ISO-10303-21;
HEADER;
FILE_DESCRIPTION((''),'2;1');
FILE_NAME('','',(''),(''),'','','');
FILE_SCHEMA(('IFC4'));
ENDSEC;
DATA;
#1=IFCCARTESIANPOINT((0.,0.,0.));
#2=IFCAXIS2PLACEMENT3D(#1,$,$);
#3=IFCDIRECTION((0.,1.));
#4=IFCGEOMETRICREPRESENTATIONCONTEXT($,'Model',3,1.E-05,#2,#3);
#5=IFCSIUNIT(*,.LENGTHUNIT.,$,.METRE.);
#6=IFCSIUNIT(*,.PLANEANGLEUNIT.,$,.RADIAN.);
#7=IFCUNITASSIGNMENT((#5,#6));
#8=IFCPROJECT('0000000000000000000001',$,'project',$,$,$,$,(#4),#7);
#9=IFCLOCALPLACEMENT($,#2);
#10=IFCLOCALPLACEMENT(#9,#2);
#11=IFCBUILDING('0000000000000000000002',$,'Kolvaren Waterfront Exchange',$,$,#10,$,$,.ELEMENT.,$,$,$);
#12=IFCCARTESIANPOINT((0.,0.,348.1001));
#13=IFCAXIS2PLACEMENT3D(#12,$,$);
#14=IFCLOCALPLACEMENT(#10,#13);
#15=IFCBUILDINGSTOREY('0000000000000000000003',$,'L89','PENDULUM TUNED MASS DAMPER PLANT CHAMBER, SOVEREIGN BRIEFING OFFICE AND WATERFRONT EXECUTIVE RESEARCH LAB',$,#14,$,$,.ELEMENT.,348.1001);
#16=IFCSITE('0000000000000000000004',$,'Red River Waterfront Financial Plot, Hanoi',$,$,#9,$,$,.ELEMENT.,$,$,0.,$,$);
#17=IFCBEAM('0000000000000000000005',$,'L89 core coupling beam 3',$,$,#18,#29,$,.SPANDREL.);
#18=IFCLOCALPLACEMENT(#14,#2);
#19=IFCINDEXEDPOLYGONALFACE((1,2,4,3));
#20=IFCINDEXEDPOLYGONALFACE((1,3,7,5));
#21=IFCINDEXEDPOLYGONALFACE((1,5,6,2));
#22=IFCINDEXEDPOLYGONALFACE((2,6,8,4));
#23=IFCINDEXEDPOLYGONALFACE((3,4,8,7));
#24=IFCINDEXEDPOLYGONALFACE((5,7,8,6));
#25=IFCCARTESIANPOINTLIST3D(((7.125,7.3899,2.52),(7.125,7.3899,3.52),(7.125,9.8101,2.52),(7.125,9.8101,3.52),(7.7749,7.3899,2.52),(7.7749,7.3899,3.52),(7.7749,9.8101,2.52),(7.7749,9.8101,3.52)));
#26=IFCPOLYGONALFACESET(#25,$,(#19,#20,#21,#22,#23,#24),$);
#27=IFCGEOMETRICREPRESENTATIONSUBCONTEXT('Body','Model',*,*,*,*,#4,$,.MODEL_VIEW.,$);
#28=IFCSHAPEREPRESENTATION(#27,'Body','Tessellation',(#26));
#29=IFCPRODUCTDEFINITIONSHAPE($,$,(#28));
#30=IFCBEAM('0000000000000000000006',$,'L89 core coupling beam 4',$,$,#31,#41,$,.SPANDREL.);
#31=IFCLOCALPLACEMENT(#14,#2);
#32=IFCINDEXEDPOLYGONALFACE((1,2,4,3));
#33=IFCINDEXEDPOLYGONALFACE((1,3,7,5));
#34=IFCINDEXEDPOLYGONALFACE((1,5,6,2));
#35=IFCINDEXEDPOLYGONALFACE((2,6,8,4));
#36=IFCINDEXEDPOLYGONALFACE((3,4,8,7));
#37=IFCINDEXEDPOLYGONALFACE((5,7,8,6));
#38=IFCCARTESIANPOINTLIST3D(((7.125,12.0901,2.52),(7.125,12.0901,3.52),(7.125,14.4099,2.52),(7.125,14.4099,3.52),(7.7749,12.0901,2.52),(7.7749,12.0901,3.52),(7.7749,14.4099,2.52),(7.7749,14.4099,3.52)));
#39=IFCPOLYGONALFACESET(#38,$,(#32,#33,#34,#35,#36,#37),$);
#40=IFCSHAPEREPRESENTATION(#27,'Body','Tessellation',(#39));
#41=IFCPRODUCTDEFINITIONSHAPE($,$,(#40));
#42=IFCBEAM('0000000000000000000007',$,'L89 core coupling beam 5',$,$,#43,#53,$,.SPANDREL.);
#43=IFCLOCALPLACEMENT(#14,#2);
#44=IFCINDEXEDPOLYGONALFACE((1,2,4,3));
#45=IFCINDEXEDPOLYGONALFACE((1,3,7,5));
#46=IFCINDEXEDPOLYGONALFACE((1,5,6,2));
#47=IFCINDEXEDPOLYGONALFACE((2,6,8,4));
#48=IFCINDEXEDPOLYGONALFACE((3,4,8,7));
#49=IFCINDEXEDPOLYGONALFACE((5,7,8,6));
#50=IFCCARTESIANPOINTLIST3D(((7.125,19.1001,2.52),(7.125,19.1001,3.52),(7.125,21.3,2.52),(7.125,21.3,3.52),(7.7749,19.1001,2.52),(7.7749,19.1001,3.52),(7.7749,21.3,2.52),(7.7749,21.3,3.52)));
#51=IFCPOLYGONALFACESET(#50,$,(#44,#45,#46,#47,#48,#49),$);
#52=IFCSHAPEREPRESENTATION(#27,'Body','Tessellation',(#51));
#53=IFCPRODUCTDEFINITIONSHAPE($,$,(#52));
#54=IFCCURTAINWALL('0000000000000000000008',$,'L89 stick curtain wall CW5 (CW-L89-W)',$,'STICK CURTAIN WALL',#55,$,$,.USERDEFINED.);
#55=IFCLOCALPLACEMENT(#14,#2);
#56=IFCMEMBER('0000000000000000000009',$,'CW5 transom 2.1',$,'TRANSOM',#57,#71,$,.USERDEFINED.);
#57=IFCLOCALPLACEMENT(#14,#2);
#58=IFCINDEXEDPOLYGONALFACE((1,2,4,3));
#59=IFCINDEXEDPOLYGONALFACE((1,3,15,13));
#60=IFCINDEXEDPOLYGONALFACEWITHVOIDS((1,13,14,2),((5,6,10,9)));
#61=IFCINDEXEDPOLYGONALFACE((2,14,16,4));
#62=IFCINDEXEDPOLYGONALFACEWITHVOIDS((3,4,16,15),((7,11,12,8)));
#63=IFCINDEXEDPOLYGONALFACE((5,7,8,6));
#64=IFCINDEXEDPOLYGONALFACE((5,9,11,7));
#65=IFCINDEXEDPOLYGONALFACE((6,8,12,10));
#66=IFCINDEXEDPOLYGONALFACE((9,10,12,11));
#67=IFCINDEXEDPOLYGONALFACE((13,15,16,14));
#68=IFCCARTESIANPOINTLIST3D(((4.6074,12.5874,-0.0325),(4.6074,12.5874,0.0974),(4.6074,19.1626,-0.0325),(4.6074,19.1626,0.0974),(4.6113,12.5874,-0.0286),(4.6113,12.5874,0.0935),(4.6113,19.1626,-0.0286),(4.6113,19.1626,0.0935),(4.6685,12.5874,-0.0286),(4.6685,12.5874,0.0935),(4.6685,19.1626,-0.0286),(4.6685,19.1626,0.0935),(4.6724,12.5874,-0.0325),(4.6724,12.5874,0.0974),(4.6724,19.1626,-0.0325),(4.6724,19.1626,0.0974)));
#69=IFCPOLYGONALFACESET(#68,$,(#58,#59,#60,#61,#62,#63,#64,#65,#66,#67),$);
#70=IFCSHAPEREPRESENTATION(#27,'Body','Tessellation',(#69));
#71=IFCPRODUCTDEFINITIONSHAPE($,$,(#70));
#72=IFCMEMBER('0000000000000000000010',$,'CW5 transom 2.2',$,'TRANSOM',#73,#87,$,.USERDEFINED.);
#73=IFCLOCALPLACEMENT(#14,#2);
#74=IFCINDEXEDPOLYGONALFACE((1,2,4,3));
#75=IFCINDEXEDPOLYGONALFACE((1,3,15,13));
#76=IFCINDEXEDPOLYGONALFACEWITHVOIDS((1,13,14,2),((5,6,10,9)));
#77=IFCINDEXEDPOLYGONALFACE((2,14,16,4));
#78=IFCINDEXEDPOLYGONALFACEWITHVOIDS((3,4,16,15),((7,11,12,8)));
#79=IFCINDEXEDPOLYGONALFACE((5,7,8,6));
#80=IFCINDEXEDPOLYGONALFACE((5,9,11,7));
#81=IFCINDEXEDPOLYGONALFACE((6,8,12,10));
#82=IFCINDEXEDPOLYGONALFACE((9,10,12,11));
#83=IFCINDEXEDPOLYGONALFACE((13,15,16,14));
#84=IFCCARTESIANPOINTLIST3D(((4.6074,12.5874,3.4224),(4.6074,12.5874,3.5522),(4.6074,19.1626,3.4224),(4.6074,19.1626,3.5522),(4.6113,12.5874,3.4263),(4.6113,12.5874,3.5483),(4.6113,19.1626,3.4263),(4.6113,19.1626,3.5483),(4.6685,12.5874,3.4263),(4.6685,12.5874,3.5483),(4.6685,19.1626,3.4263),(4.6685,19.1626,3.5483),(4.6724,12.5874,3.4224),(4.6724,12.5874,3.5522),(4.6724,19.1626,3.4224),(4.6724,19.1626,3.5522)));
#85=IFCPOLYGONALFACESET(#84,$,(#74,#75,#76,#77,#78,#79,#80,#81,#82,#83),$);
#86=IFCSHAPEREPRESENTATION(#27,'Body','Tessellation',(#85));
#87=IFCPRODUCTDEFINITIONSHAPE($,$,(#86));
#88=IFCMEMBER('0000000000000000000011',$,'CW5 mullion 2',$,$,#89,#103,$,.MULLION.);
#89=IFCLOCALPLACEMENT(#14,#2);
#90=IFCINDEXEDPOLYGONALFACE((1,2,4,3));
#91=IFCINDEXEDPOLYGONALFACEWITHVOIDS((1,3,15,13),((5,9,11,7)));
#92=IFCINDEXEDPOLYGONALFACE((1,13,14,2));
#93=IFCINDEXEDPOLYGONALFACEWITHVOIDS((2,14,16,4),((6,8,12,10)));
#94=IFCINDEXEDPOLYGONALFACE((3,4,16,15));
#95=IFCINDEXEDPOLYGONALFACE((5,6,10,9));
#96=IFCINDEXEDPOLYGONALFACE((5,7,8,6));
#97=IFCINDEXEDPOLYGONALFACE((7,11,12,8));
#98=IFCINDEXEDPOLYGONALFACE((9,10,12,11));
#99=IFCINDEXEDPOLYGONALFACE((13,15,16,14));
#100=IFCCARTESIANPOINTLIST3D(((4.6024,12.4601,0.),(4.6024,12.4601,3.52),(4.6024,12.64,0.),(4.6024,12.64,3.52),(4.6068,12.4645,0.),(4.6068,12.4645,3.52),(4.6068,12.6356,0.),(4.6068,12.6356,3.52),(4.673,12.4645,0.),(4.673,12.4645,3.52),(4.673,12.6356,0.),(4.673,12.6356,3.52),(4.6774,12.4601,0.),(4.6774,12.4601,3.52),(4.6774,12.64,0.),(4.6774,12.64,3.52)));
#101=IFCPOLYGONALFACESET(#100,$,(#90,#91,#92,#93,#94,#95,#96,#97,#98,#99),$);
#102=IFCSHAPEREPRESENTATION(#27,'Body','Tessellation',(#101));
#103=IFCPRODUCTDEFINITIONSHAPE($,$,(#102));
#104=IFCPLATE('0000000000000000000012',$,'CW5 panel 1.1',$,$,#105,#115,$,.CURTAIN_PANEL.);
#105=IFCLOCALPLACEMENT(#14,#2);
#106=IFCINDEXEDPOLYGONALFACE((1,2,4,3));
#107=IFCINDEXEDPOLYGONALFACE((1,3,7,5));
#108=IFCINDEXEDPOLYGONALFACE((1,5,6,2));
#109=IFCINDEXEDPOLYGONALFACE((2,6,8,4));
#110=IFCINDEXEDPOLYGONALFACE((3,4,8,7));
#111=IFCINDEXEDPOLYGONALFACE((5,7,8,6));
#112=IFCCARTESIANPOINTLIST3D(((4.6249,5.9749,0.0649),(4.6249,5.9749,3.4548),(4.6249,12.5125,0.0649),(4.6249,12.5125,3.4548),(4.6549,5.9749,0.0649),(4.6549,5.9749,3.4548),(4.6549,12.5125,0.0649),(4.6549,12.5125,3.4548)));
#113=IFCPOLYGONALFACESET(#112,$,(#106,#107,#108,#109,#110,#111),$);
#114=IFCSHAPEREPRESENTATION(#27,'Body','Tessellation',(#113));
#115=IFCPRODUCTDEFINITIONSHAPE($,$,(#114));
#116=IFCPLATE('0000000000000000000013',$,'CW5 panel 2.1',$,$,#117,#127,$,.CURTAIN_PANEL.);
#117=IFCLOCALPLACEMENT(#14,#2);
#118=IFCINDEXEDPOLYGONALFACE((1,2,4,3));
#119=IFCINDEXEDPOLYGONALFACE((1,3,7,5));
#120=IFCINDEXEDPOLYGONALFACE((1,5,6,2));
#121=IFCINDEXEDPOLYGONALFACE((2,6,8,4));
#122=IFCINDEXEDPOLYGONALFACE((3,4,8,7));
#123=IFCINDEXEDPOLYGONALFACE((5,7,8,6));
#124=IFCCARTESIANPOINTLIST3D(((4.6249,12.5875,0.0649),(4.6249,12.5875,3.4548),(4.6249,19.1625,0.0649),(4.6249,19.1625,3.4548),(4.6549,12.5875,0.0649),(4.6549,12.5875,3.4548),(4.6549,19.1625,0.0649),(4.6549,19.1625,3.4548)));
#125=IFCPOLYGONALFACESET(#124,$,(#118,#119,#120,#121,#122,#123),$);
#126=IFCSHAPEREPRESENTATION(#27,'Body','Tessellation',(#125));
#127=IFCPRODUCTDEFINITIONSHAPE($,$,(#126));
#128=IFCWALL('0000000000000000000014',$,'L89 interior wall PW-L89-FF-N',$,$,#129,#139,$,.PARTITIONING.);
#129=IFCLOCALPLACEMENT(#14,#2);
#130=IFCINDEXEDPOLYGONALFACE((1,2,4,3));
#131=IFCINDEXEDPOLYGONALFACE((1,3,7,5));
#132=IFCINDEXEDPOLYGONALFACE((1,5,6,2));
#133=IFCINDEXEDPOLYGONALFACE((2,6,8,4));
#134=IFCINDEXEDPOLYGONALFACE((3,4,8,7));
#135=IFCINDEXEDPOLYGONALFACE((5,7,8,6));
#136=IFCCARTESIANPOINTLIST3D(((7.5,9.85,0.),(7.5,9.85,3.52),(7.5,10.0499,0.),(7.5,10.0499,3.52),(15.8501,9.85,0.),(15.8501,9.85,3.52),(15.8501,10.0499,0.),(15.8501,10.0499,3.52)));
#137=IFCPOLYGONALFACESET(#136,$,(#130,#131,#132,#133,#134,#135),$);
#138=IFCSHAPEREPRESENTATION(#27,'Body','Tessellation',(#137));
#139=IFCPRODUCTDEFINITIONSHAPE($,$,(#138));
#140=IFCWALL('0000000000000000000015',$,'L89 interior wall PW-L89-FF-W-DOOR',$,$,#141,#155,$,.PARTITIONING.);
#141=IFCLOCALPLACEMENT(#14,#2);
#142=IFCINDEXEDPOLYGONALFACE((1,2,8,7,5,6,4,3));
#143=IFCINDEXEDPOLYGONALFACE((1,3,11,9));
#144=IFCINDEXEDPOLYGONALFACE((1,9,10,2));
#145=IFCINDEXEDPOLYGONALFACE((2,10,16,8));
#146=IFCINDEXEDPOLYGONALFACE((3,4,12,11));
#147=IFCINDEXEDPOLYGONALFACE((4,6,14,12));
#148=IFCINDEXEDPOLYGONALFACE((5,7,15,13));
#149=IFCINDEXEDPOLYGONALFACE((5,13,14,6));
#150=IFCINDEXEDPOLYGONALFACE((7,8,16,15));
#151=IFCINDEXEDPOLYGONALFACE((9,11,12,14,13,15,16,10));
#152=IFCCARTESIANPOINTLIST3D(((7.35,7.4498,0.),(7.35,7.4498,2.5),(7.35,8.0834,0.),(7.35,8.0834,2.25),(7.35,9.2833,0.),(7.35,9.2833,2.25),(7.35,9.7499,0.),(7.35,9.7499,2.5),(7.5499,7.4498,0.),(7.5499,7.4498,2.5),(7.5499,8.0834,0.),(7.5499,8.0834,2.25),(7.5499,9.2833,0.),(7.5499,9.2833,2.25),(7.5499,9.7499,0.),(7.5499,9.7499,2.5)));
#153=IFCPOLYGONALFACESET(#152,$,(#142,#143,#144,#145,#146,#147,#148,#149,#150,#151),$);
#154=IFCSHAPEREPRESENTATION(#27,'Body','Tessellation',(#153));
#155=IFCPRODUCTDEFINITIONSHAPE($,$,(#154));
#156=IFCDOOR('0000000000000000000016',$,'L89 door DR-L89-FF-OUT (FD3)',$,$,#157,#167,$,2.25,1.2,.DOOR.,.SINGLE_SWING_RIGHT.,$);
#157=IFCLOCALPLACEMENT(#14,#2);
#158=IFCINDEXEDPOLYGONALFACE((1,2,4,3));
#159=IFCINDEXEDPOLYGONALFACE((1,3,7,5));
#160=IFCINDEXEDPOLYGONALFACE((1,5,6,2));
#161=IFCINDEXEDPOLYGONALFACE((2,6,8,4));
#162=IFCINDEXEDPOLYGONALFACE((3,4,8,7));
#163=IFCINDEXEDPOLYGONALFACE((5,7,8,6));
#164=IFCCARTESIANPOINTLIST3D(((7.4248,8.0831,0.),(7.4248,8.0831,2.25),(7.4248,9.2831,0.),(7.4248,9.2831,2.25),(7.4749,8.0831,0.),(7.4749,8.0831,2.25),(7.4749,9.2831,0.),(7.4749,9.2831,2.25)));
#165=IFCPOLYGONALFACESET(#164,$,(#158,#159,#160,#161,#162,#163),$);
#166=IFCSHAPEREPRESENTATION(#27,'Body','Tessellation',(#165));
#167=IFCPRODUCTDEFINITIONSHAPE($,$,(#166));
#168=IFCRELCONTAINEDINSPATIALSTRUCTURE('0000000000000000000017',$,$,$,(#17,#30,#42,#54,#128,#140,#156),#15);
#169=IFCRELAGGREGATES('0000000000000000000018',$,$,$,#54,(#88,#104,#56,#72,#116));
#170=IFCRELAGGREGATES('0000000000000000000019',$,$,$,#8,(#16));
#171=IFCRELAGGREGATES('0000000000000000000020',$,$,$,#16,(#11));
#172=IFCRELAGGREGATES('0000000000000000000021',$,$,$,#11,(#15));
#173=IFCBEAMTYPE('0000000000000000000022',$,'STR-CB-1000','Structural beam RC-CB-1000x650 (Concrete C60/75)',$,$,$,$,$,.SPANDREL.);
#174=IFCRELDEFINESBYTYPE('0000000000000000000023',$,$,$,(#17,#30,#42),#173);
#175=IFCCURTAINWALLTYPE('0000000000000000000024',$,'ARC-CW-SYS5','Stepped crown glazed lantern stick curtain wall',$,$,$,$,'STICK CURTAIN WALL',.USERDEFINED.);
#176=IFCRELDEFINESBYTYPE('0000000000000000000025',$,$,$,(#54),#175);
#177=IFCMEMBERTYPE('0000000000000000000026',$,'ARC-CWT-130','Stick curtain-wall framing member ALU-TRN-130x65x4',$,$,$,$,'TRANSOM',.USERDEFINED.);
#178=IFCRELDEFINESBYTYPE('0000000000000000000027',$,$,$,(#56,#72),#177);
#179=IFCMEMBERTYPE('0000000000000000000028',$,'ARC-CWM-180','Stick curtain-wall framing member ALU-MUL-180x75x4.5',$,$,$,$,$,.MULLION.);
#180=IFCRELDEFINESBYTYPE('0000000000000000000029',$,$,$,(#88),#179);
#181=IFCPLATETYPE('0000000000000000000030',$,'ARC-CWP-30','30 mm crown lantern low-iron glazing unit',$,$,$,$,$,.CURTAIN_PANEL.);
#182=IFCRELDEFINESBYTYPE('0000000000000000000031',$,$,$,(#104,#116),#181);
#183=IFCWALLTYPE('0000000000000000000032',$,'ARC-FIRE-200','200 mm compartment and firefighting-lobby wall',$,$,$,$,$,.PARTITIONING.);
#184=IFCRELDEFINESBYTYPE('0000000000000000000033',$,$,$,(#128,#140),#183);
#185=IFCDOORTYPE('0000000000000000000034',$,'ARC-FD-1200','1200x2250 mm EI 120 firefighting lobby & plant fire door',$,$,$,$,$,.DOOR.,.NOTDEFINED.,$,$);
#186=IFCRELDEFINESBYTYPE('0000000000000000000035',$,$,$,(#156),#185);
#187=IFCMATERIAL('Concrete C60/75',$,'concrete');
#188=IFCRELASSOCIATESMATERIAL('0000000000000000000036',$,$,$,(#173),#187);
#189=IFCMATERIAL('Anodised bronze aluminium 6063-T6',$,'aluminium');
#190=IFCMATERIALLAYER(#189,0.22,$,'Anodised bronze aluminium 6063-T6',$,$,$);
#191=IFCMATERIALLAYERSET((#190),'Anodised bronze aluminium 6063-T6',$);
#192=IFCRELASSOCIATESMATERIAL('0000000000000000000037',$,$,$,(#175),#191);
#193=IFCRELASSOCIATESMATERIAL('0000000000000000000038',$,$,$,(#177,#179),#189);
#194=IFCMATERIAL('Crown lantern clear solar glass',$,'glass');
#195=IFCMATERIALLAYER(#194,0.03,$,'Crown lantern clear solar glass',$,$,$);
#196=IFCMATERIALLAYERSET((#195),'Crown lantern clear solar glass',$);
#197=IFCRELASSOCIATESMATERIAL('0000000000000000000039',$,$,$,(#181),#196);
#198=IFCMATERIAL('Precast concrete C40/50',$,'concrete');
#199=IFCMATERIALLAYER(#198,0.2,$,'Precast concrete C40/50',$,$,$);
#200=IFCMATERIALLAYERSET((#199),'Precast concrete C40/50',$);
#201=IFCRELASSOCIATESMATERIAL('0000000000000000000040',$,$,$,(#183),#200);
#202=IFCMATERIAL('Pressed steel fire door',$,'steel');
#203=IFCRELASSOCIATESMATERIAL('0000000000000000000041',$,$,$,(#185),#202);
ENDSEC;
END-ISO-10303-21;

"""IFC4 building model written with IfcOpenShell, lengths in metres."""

from ifc_helpers import new_model, si_unit, direction, frame, frame_2d, origin, origin_with_axes, origin_2d, place, context, subcontext, project, spatial, rectangle, hollow_rectangle, extrude, source, transform, mapped, material, layer, layer_set, material_profile, profile_set, type_object, element, fill, aggregate, save


model = new_model("IFC4")

# Units and contexts
model_context = context("Model", 3, precision=1e-05, world=origin(), true_north=direction((0.0, 1.0)))
body_context = subcontext(model_context, "Body", "Model", "MODEL_VIEW")
ifc_project = project(units=[si_unit("LENGTHUNIT", "METRE"), si_unit("PLANEANGLEUNIT", "RADIAN")], contexts=[model_context])

# Site, building, storey
site_placement = place(None, origin())
site = spatial("IfcSite", under=ifc_project, at=site_placement, Name="Red River Waterfront Financial Plot, Hanoi", CompositionType="ELEMENT", RefElevation=0.0)
building_placement = place(site_placement, origin())
building = spatial("IfcBuilding", under=site, at=building_placement, Name="Kolvaren Waterfront Exchange", CompositionType="ELEMENT")
storey_placement = place(building_placement, frame((0.0, 0.0, 348.1001)))
storey = spatial("IfcBuildingStorey", under=building, at=storey_placement, Name="L89", Description="PENDULUM TUNED MASS DAMPER PLANT CHAMBER, SOVEREIGN BRIEFING OFFICE AND WATERFRONT EXECUTIVE RESEARCH LAB", CompositionType="ELEMENT", Elevation=348.1001)

# Beams
ifc_material_1 = material(Name="Concrete C60/75", Category="concrete")
ifc_material_profile_1 = material_profile(ifc_material_1, rectangle(XDim=0.6499, YDim=1.0, at=origin_2d()), Name="RC-CB-1000x650")
ifc_profile_set_1 = profile_set([ifc_material_profile_1], Name="Concrete C60/75")
beam_type = type_object("IfcBeamType", Name="STR-CB-1000", Description="Structural beam RC-CB-1000x650 (Concrete C60/75)", PredefinedType="SPANDREL", material=ifc_profile_set_1)
beam_1_placement = place(storey_placement, frame((7.45, 7.3899, 3.02), z_axis=(0.0, 1.0, 0.0), x_axis=(-1.0, 0.0, 0.0)))
element("IfcBeam", 1, at=beam_1_placement, inside=storey, type_object=beam_type, Name="L89 core coupling beam 3", PredefinedType="SPANDREL", context=body_context, shape_type="SweptSolid", body=[
    extrude(rectangle(XDim=0.6499, YDim=1.0, at=origin_2d()), origin(), (0.0, 0.0, 1.0), 2.4202),
])
beam_2_placement = place(storey_placement, frame((7.45, 12.0901, 3.02), z_axis=(0.0, 1.0, 0.0), x_axis=(-1.0, 0.0, 0.0)))
element("IfcBeam", 2, at=beam_2_placement, inside=storey, type_object=beam_type, Name="L89 core coupling beam 4", PredefinedType="SPANDREL", context=body_context, shape_type="SweptSolid", body=[
    extrude(rectangle(XDim=0.6499, YDim=1.0, at=origin_2d()), origin(), (0.0, 0.0, 1.0), 2.3198),
])
beam_3_placement = place(storey_placement, frame((7.45, 19.1001, 3.02), z_axis=(0.0, 1.0, 0.0), x_axis=(-1.0, 0.0, 0.0)))
element("IfcBeam", 3, at=beam_3_placement, inside=storey, type_object=beam_type, Name="L89 core coupling beam 5", PredefinedType="SPANDREL", context=body_context, shape_type="SweptSolid", body=[
    extrude(rectangle(XDim=0.6499, YDim=1.0, at=origin_2d()), origin(), (0.0, 0.0, 1.0), 2.2),
])

# Curtain wall, members, plates
ifc_material_2 = material(Name="Anodised bronze aluminium 6063-T6", Category="aluminium")
ifc_layer_1 = layer(ifc_material_2, 0.22, Name="Anodised bronze aluminium 6063-T6")
ifc_layer_set_1 = layer_set([ifc_layer_1], Name="Anodised bronze aluminium 6063-T6")
curtain_wall_type = type_object("IfcCurtainWallType", Name="ARC-CW-SYS5", Description="Stepped crown glazed lantern stick curtain wall", ElementType="STICK CURTAIN WALL", PredefinedType="USERDEFINED", material=ifc_layer_set_1)
curtain_wall_placement = place(storey_placement, origin())
curtain_wall = element("IfcCurtainWall", 4, at=curtain_wall_placement, inside=storey, type_object=curtain_wall_type, Name="L89 stick curtain wall CW5 (CW-L89-W)", ObjectType="STICK CURTAIN WALL", PredefinedType="USERDEFINED")
ifc_material_profile_2 = material_profile(ifc_material_2, hollow_rectangle(XDim=0.0649, YDim=0.1299, WallThickness=0.0039, at=origin_2d()), Name="ALU-TRN-130x65x4")
ifc_profile_set_2 = profile_set([ifc_material_profile_2], Name="Anodised bronze aluminium 6063-T6")
member_type_1 = type_object("IfcMemberType", Name="ARC-CWT-130", Description="Stick curtain-wall framing member ALU-TRN-130x65x4", ElementType="TRANSOM", PredefinedType="USERDEFINED", material=ifc_profile_set_2)
shared_shape_1 = source(origin_with_axes(), body_context, "Body", "SweptSolid", [
    extrude(hollow_rectangle(XDim=0.0649, YDim=0.1299, WallThickness=0.0039, at=origin_2d()), origin(), (0.0, 0.0, 1.0), 6.5752),
])
member_1_placement = place(storey_placement, frame((4.6399, 12.5874, 0.0325), z_axis=(0.0, 1.0, 0.0), x_axis=(-1.0, 0.0, 0.0)))
member_1 = element("IfcMember", 5, at=member_1_placement, type_object=member_type_1, Name="CW5 transom 2.1", ObjectType="TRANSOM", PredefinedType="USERDEFINED", context=body_context, shape_type="MappedRepresentation", body=[
    mapped(shared_shape_1, transform((0.0, 0.0, 0.0), x_axis=(1.0, 0.0, 0.0), y_axis=(0.0, 1.0, 0.0), z_axis=(0.0, 0.0, 1.0), scale=1.0)),
])
member_2_placement = place(storey_placement, frame((4.6399, 12.5874, 3.4873), z_axis=(0.0, 1.0, 0.0), x_axis=(-1.0, 0.0, 0.0)))
member_2 = element("IfcMember", 6, at=member_2_placement, type_object=member_type_1, Name="CW5 transom 2.2", ObjectType="TRANSOM", PredefinedType="USERDEFINED", context=body_context, shape_type="MappedRepresentation", body=[
    mapped(shared_shape_1, transform((0.0, 0.0, 0.0), x_axis=(1.0, 0.0, 0.0), y_axis=(0.0, 1.0, 0.0), z_axis=(0.0, 0.0, 1.0), scale=1.0)),
])
ifc_material_profile_3 = material_profile(ifc_material_2, hollow_rectangle(XDim=0.075, YDim=0.1799, WallThickness=0.0044, at=origin_2d()), Name="ALU-MUL-180x75x4.5")
ifc_profile_set_3 = profile_set([ifc_material_profile_3], Name="Anodised bronze aluminium 6063-T6")
member_type_2 = type_object("IfcMemberType", Name="ARC-CWM-180", Description="Stick curtain-wall framing member ALU-MUL-180x75x4.5", PredefinedType="MULLION", material=ifc_profile_set_3)
shared_shape_2 = source(origin_with_axes(), body_context, "Body", "SweptSolid", [
    extrude(hollow_rectangle(XDim=0.075, YDim=0.1799, WallThickness=0.0044, at=origin_2d()), origin(), (0.0, 0.0, 1.0), 3.52),
])
member_3_placement = place(storey_placement, frame((4.6399, 12.55, 0.0), z_axis=(0.0, 0.0, 1.0), x_axis=(-1.0, 0.0, 0.0)))
member_3 = element("IfcMember", 7, at=member_3_placement, type_object=member_type_2, Name="CW5 mullion 2", PredefinedType="MULLION", context=body_context, shape_type="MappedRepresentation", body=[
    mapped(shared_shape_2, transform((0.0, 0.0, 0.0), x_axis=(1.0, 0.0, 0.0), y_axis=(0.0, 1.0, 0.0), z_axis=(0.0, 0.0, 1.0), scale=1.0)),
])
ifc_material_3 = material(Name="Crown lantern clear solar glass", Category="glass")
ifc_layer_2 = layer(ifc_material_3, 0.03, Name="Crown lantern clear solar glass")
ifc_layer_set_2 = layer_set([ifc_layer_2], Name="Crown lantern clear solar glass")
plate_type = type_object("IfcPlateType", Name="ARC-CWP-30", Description="30 mm crown lantern low-iron glazing unit", PredefinedType="CURTAIN_PANEL", material=ifc_layer_set_2)
shared_shape_3 = source(origin_with_axes(), body_context, "Body", "SweptSolid", [
    extrude(rectangle(XDim=6.5376, YDim=0.03, at=origin_2d()), origin(), (0.0, 0.0, 1.0), 3.3899),
])
plate_1_placement = place(storey_placement, frame((4.6399, 9.2437, 0.0649), z_axis=(0.0, 0.0, 1.0), x_axis=(0.0, 1.0, 0.0)))
plate_1 = element("IfcPlate", 8, at=plate_1_placement, type_object=plate_type, Name="CW5 panel 1.1", PredefinedType="CURTAIN_PANEL", context=body_context, shape_type="MappedRepresentation", body=[
    mapped(shared_shape_3, transform((0.0, 0.0, 0.0), x_axis=(1.0, 0.0, 0.0), y_axis=(0.0, 1.0, 0.0), z_axis=(0.0, 0.0, 1.0), scale=1.0)),
])
shared_shape_4 = source(origin_with_axes(), body_context, "Body", "SweptSolid", [
    extrude(rectangle(XDim=6.575, YDim=0.03, at=origin_2d()), origin(), (0.0, 0.0, 1.0), 3.3899),
])
plate_2_placement = place(storey_placement, frame((4.6399, 15.875, 0.0649), z_axis=(0.0, 0.0, 1.0), x_axis=(0.0, 1.0, 0.0)))
plate_2 = element("IfcPlate", 9, at=plate_2_placement, type_object=plate_type, Name="CW5 panel 2.1", PredefinedType="CURTAIN_PANEL", context=body_context, shape_type="MappedRepresentation", body=[
    mapped(shared_shape_4, transform((0.0, 0.0, 0.0), x_axis=(1.0, 0.0, 0.0), y_axis=(0.0, 1.0, 0.0), z_axis=(0.0, 0.0, 1.0), scale=1.0)),
])
aggregate(curtain_wall, [member_3, plate_1, member_1, member_2, plate_2])

# Wall
ifc_material_4 = material(Name="Precast concrete C40/50", Category="concrete")
ifc_layer_3 = layer(ifc_material_4, 0.2, Name="Precast concrete C40/50")
ifc_layer_set_3 = layer_set([ifc_layer_3], Name="Precast concrete C40/50")
wall_type_1 = type_object("IfcWallType", Name="ARC-FIRE-200", Description="200 mm compartment and firefighting-lobby wall", PredefinedType="PARTITIONING", material=ifc_layer_set_3)
wall_1_placement = place(storey_placement, frame((7.5, 9.95, 0.0), z_axis=(0.0, 0.0, 1.0), x_axis=(1.0, 0.0, 0.0)))
element("IfcWall", 10, at=wall_1_placement, inside=storey, type_object=wall_type_1, Name="L89 interior wall PW-L89-FF-N", PredefinedType="PARTITIONING", context=body_context, shape_type="SweptSolid", body=[
    extrude(rectangle(XDim=8.3501, YDim=0.2, at=frame_2d((4.175, 0.0))), origin(), (0.0, 0.0, 1.0), 3.52),
])

# Wall, opening, door
wall_2_placement = place(storey_placement, frame((7.45, 7.45, 0.0), z_axis=(0.0, 0.0, 1.0), x_axis=(0.0, 1.0, 0.0)))
wall_2 = element("IfcWall", 11, at=wall_2_placement, inside=storey, type_object=wall_type_1, Name="L89 interior wall PW-L89-FF-W-DOOR", PredefinedType="PARTITIONING", context=body_context, shape_type="SweptSolid", body=[
    extrude(rectangle(XDim=2.3, YDim=0.2, at=frame_2d((1.1499, 0.0))), origin(), (0.0, 0.0, 1.0), 2.5),
])
opening_1_placement = place(wall_2_placement, frame((0.6333, 0.0, 0.0)))
opening_1 = element("IfcOpeningElement", 12, at=opening_1_placement, cuts=wall_2, PredefinedType="OPENING", context=body_context, shape_type="SweptSolid", body=[
    extrude(rectangle(XDim=1.2, YDim=2.25, at=frame_2d((0.6001, 1.125))), frame((0.0, 0.1099, 0.0), z_axis=(0.0, -1.0, 0.0), x_axis=(1.0, 0.0, 0.0)), (0.0, 0.0, 1.0), 0.22),
])
ifc_material_5 = material(Name="Pressed steel fire door", Category="steel")
door_type_1 = type_object("IfcDoorType", Name="ARC-FD-1200", Description="1200x2250 mm EI 120 firefighting lobby & plant fire door", OperationType="NOTDEFINED", PredefinedType="DOOR", material=ifc_material_5)
door_1_placement = place(opening_1_placement, frame((1.2, 0.0, 0.0), z_axis=(0.0, 0.0, 1.0), x_axis=(-1.0, 0.0, 0.0)))
door_1 = element("IfcDoor", 13, at=door_1_placement, inside=storey, type_object=door_type_1, Name="L89 door DR-L89-FF-OUT (FD3)", OperationType="SINGLE_SWING_RIGHT", OverallHeight=2.25, OverallWidth=1.2, PredefinedType="DOOR", context=body_context, shape_type="SweptSolid", body=[
    extrude(rectangle(XDim=1.2, YDim=2.25, at=frame_2d((0.6001, 1.125))), frame((0.0, 0.0249, 0.0), z_axis=(0.0, -1.0, 0.0), x_axis=(1.0, 0.0, 0.0)), (0.0, 0.0, 1.0), 0.05),
])
fill(opening_1, door_1)

save(model, "model.ifc")
